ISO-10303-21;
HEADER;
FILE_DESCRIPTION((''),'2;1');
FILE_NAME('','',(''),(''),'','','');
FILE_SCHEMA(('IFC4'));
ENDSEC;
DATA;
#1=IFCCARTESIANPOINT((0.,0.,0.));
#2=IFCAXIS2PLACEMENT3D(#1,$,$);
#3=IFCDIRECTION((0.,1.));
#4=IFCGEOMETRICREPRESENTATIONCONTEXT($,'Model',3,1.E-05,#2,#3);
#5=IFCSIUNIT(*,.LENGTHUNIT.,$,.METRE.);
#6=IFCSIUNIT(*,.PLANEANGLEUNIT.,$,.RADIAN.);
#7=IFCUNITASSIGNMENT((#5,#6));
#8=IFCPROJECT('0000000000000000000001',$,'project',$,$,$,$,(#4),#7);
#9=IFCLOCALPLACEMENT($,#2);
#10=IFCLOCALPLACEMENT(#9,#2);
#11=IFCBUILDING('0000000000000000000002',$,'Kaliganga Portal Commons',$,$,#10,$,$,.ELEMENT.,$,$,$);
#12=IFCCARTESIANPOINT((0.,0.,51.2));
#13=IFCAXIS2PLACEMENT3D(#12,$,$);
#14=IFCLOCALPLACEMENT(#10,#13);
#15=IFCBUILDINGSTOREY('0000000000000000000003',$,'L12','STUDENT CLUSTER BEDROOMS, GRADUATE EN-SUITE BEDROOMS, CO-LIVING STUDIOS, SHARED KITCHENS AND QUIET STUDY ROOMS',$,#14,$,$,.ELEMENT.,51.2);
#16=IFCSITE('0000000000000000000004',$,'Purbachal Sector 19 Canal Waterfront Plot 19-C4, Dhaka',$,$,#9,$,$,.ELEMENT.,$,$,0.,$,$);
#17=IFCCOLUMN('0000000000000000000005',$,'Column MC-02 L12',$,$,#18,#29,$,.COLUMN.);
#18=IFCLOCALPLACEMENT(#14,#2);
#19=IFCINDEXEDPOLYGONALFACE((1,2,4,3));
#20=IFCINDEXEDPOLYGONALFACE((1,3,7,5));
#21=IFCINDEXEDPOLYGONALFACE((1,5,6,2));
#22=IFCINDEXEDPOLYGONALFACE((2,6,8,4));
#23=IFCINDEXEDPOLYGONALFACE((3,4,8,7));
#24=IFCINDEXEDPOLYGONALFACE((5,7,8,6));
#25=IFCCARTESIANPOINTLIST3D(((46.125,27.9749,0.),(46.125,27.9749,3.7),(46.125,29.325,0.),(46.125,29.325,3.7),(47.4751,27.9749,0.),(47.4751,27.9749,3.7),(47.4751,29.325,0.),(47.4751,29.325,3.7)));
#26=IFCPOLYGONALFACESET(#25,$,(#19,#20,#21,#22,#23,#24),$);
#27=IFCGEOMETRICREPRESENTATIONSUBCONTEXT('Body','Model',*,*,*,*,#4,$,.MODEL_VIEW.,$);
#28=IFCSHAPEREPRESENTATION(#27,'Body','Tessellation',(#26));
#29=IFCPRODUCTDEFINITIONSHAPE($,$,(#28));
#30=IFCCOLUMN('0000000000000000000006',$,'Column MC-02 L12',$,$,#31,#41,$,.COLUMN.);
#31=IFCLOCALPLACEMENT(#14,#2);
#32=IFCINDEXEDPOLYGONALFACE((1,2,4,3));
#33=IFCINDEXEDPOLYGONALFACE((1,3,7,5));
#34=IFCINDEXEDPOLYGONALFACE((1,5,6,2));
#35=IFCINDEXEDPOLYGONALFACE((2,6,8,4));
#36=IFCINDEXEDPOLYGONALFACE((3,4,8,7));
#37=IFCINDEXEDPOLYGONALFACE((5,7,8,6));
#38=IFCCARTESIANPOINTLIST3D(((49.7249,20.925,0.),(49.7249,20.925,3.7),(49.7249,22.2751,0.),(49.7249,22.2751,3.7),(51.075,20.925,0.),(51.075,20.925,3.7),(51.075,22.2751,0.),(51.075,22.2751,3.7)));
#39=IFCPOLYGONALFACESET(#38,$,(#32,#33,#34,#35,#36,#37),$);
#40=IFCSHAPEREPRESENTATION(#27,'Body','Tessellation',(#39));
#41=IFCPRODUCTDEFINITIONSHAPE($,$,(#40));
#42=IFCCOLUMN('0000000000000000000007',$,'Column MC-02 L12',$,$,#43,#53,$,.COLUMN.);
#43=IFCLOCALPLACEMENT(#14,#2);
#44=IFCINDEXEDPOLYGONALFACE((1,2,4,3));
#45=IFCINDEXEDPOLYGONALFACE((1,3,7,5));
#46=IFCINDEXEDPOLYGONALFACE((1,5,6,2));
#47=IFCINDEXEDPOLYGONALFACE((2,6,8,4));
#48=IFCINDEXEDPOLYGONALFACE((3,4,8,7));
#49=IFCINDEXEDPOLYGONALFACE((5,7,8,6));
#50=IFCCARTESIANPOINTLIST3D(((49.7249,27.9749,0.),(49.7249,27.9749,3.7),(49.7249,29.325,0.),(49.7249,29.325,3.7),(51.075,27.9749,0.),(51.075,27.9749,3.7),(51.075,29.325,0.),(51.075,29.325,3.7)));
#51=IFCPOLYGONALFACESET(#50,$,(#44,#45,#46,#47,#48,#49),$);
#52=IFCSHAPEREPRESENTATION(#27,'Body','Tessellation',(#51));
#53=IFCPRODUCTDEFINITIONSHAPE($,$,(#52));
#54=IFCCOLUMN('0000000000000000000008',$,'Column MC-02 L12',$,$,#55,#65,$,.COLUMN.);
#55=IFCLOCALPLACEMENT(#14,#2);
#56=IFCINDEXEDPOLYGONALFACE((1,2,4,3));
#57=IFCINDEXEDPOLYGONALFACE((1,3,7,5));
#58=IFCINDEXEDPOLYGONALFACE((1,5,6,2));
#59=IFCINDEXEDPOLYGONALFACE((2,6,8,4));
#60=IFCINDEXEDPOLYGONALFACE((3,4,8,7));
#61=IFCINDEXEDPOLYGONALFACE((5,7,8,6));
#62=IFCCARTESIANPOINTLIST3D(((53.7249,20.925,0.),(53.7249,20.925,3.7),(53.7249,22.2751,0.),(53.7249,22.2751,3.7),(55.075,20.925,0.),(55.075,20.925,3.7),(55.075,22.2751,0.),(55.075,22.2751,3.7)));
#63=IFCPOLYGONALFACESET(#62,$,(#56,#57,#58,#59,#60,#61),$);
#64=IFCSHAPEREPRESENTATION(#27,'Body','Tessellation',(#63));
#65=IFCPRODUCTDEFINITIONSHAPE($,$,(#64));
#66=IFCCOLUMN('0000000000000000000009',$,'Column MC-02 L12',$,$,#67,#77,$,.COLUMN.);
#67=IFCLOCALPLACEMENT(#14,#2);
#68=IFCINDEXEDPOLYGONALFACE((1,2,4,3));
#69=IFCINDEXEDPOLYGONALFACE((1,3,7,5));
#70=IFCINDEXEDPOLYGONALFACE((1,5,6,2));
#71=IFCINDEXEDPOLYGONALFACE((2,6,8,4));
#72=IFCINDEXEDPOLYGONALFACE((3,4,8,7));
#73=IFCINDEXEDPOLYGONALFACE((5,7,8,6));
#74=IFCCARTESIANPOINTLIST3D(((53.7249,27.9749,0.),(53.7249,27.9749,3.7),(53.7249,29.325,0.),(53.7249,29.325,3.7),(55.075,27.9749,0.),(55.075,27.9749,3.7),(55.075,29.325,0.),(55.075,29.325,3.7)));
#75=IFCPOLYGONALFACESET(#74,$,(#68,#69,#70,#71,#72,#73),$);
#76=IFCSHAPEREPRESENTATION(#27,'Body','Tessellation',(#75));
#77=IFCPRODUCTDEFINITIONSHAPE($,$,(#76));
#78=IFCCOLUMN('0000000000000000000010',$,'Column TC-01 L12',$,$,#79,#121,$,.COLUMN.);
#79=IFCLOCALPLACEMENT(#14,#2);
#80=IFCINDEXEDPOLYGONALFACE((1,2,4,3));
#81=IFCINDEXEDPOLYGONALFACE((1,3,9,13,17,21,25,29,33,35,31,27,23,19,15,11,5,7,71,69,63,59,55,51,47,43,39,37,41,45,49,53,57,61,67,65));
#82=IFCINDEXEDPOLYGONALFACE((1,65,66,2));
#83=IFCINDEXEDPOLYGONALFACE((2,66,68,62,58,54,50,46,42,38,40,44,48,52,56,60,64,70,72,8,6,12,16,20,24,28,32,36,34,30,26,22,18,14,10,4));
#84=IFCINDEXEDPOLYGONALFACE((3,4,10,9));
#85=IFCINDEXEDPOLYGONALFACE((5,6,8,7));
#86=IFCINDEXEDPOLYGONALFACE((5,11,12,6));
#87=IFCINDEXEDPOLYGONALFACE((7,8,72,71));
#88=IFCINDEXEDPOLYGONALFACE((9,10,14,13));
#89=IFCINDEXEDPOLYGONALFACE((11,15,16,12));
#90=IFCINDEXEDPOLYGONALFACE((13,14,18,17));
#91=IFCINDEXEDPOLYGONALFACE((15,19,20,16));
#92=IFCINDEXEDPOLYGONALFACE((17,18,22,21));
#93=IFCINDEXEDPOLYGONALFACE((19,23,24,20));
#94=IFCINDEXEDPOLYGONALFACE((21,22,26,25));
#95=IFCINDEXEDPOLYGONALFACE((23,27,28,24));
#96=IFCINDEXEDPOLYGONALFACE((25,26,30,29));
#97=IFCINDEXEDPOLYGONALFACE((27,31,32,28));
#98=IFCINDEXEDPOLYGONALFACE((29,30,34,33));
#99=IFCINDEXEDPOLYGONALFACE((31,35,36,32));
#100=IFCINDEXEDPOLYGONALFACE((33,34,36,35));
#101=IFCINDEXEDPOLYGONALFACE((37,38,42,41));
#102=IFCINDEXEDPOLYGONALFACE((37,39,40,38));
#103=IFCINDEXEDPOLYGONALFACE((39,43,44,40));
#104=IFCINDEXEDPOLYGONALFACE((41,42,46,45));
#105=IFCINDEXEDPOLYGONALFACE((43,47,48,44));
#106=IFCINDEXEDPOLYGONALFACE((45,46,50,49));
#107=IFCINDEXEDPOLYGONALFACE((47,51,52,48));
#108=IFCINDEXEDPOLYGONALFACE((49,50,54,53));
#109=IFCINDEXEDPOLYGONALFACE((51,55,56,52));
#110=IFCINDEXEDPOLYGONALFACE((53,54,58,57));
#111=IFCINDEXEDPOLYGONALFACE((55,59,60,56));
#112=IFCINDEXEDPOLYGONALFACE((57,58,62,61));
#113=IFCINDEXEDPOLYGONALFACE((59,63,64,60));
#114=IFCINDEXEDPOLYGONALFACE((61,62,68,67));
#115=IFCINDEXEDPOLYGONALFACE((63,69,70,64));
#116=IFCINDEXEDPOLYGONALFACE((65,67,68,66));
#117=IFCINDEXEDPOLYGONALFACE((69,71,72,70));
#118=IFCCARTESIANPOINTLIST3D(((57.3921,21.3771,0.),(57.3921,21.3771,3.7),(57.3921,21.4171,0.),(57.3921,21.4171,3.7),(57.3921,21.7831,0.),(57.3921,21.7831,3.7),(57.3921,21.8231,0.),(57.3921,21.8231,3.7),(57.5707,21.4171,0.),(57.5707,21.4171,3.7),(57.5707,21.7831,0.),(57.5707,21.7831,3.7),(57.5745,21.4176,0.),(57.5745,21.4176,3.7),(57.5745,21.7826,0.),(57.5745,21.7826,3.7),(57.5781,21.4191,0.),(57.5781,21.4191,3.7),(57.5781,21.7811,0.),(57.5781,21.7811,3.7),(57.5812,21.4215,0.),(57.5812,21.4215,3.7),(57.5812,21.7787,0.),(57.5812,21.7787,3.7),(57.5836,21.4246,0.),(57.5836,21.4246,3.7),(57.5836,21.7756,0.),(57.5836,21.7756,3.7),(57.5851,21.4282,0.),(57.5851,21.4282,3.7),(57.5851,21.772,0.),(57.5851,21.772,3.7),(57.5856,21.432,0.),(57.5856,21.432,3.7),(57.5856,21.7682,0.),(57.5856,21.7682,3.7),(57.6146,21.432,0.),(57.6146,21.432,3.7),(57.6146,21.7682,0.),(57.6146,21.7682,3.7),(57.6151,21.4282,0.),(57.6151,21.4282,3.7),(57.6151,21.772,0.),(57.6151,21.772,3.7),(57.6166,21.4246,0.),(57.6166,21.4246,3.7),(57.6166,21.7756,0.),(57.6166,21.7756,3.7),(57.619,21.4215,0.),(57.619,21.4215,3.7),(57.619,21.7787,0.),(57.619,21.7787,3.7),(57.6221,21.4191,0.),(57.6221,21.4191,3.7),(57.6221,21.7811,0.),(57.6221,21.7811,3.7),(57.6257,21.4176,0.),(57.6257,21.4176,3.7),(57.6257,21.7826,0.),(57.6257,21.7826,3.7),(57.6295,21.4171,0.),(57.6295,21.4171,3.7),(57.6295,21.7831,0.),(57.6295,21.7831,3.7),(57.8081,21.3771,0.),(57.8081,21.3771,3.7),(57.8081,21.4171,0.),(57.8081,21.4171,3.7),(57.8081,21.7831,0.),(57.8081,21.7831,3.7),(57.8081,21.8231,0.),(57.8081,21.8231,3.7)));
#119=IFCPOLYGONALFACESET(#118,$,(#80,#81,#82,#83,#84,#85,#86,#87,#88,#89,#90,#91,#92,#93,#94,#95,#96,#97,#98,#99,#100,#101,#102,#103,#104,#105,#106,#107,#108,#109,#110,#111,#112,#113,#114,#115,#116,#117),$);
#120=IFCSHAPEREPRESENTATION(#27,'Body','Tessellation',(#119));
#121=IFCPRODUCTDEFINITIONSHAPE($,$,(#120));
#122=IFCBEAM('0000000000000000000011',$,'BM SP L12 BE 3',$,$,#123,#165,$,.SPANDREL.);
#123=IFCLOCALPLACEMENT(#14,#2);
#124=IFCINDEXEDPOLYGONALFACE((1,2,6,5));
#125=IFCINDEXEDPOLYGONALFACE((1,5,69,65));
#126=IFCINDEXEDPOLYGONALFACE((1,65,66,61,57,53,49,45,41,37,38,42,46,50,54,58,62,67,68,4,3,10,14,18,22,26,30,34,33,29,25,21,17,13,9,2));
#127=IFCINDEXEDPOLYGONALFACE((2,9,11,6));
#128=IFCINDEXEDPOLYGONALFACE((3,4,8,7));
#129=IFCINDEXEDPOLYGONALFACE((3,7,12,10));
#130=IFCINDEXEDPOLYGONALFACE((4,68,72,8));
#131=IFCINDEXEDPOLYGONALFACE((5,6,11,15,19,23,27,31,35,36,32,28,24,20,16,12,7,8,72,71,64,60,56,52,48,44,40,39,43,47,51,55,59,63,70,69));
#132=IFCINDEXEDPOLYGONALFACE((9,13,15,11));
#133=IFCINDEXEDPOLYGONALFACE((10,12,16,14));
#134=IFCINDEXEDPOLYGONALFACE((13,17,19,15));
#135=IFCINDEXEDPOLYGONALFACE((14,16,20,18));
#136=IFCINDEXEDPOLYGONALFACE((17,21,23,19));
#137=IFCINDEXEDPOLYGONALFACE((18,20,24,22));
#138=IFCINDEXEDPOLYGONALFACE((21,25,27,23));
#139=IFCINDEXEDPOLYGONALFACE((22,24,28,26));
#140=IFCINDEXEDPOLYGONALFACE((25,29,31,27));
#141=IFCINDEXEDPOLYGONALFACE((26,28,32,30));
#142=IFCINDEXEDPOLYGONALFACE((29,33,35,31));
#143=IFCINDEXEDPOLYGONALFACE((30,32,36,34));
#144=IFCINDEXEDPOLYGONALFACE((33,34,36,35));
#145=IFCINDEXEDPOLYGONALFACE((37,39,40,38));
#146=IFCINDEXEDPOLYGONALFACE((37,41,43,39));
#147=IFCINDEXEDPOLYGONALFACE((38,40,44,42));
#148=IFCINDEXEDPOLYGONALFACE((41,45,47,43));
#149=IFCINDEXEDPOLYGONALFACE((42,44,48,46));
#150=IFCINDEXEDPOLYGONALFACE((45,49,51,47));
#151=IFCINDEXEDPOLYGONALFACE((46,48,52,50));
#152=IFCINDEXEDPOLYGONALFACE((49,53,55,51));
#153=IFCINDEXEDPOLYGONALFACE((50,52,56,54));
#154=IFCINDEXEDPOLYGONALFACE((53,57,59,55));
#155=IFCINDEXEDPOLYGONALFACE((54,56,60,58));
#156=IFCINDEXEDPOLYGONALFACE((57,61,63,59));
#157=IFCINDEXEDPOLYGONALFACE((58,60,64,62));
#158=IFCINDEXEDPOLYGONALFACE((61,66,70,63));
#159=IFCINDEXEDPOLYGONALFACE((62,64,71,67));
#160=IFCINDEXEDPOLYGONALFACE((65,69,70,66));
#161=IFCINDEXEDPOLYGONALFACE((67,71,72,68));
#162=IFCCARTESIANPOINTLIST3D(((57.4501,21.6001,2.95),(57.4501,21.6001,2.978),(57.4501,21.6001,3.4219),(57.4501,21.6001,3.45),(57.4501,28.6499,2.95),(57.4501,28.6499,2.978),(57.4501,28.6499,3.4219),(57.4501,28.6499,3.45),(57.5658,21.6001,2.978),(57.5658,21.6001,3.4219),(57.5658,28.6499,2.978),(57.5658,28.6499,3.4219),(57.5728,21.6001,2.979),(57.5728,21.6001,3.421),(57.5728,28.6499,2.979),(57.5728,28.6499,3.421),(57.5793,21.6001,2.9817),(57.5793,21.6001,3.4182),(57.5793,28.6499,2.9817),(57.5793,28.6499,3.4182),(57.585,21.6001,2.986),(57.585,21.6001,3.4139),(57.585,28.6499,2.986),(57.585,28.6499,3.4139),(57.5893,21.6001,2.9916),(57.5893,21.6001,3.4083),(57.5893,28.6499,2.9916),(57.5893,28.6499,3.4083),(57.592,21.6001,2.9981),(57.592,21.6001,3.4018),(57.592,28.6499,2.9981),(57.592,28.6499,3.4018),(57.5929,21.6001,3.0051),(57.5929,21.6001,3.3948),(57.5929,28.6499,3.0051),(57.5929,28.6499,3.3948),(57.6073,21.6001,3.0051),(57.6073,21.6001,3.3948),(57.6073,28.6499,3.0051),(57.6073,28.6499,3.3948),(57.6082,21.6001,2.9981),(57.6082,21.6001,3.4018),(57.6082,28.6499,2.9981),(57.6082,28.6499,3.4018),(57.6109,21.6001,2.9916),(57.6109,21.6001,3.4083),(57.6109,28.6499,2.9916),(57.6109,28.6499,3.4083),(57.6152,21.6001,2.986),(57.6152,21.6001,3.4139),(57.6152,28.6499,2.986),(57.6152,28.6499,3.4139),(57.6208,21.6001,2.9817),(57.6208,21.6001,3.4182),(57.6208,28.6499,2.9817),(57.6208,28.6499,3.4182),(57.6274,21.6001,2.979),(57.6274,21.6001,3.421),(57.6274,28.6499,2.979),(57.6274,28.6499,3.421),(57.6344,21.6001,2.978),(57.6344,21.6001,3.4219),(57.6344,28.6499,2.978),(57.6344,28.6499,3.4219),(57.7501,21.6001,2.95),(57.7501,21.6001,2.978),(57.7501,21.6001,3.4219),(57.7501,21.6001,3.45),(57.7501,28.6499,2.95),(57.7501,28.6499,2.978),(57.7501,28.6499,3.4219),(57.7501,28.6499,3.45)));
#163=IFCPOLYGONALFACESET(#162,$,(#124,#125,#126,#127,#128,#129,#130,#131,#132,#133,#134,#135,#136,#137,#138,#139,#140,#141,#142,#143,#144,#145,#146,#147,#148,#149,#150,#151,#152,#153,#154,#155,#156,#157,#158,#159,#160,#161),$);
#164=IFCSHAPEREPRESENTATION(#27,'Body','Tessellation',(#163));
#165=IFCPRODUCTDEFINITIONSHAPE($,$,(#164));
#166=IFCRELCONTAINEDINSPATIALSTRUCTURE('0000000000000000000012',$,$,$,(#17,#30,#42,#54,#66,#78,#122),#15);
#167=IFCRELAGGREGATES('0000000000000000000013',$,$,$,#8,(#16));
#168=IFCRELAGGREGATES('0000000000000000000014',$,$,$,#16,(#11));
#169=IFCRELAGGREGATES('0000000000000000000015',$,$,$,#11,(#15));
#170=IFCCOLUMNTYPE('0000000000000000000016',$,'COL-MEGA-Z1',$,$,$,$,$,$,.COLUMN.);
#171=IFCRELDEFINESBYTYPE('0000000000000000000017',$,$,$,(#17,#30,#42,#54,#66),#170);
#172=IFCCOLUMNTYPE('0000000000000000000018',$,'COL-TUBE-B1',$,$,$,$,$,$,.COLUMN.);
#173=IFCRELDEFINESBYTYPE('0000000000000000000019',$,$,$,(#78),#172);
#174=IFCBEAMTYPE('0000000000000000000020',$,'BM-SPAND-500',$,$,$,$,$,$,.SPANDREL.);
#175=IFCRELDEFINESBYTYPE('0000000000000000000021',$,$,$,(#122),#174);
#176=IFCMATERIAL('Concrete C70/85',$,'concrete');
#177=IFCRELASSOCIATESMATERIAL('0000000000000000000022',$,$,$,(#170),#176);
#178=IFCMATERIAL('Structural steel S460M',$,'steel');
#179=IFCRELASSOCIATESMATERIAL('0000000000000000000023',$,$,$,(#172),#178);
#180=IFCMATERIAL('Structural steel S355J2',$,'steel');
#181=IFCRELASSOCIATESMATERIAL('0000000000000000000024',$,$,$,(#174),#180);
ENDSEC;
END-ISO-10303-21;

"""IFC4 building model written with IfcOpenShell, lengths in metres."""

from ifc_helpers import new_model, si_unit, direction, frame, origin, origin_2d, place, context, subcontext, project, spatial, rectangle, i_section, extrude, source, transform, mapped, material, material_profile, profile_set, type_object, element, save


model = new_model("IFC4")

# Units and contexts
model_context = context("Model", 3, precision=1e-05, world=origin(), true_north=direction((0.0, 1.0)))
body_context = subcontext(model_context, "Body", "Model", "MODEL_VIEW")
ifc_project = project(units=[si_unit("LENGTHUNIT", "METRE"), si_unit("PLANEANGLEUNIT", "RADIAN")], contexts=[model_context])

# Site, building, storey
site_placement = place(None, origin())
site = spatial("IfcSite", under=ifc_project, at=site_placement, Name="Purbachal Sector 19 Canal Waterfront Plot 19-C4, Dhaka", CompositionType="ELEMENT", RefElevation=0.0)
building_placement = place(site_placement, origin())
building = spatial("IfcBuilding", under=site, at=building_placement, Name="Kaliganga Portal Commons", CompositionType="ELEMENT")
storey_placement = place(building_placement, frame((0.0, 0.0, 51.2)))
storey = spatial("IfcBuildingStorey", under=building, at=storey_placement, Name="L12", Description="STUDENT CLUSTER BEDROOMS, GRADUATE EN-SUITE BEDROOMS, CO-LIVING STUDIOS, SHARED KITCHENS AND QUIET STUDY ROOMS", CompositionType="ELEMENT", Elevation=51.2)

# Columns
ifc_material_1 = material(Name="Concrete C70/85", Category="concrete")
ifc_material_profile_1 = material_profile(ifc_material_1, rectangle(XDim=1.3501, YDim=1.3501, at=origin_2d()), Name="RC 1350x1350")
ifc_profile_set_1 = profile_set([ifc_material_profile_1], Name="Concrete C70/85")
column_type_1 = type_object("IfcColumnType", Name="COL-MEGA-Z1", PredefinedType="COLUMN", material=ifc_profile_set_1)
shared_shape_1 = source(origin(), body_context, "Body", "SweptSolid", [
    extrude(rectangle(XDim=1.3501, YDim=1.3501, at=origin_2d()), origin(), (0.0, 0.0, 1.0), 3.7),
])
for number, where, z_axis, x_axis, name in (
    (1, (46.8, 28.6499, 0.0), (0.0, 0.0, 1.0), (1.0, 0.0, 0.0), "Column MC-02 L12"),
    (2, (50.3999, 21.6001, 0.0), (0.0, 0.0, 1.0), (1.0, 0.0, 0.0), "Column MC-02 L12"),
    (3, (50.3999, 28.6499, 0.0), (0.0, 0.0, 1.0), (1.0, 0.0, 0.0), "Column MC-02 L12"),
    (4, (54.3999, 21.6001, 0.0), (0.0, 0.0, 1.0), (1.0, 0.0, 0.0), "Column MC-02 L12"),
    (5, (54.3999, 28.6499, 0.0), (0.0, 0.0, 1.0), (1.0, 0.0, 0.0), "Column MC-02 L12"),
):
    element("IfcColumn", number, at=place(storey_placement, frame(where, z_axis=z_axis, x_axis=x_axis)), inside=storey, type_object=column_type_1, Name=name, PredefinedType="COLUMN", context=body_context, shape_type="MappedRepresentation", body=[
        mapped(shared_shape_1, transform((0.0, 0.0, 0.0), x_axis=(1.0, 0.0, 0.0), y_axis=(0.0, 1.0, 0.0), z_axis=(0.0, 0.0, 1.0), scale=1.0)),
    ])
ifc_material_2 = material(Name="Structural steel S460M", Category="steel")
ifc_material_profile_2 = material_profile(ifc_material_2, i_section(OverallWidth=0.416, OverallDepth=0.446, WebThickness=0.0291, FlangeThickness=0.04, FilletRadius=0.0149, at=origin_2d()), Name="HD 400x509")
ifc_profile_set_2 = profile_set([ifc_material_profile_2], Name="Structural steel S460M wide-flange")
column_type_2 = type_object("IfcColumnType", Name="COL-TUBE-B1", PredefinedType="COLUMN", material=ifc_profile_set_2)
shared_shape_2 = source(origin(), body_context, "Body", "SweptSolid", [
    extrude(i_section(OverallWidth=0.416, OverallDepth=0.446, WebThickness=0.0291, FlangeThickness=0.04, FilletRadius=0.0149, at=origin_2d()), origin(), (0.0, 0.0, 1.0), 3.7),
])
column_placement = place(storey_placement, frame((57.6001, 21.6001, 0.0), z_axis=(0.0, 0.0, 1.0), x_axis=(1.0, 0.0, 0.0)))
element("IfcColumn", 6, at=column_placement, inside=storey, type_object=column_type_2, Name="Column TC-01 L12", PredefinedType="COLUMN", context=body_context, shape_type="MappedRepresentation", body=[
    mapped(shared_shape_2, transform((0.0, 0.0, 0.0), x_axis=(1.0, 0.0, 0.0), y_axis=(0.0, 1.0, 0.0), z_axis=(0.0, 0.0, 1.0), scale=1.0)),
])

# Beam
ifc_material_3 = material(Name="Structural steel S355J2", Category="steel")
ifc_material_profile_3 = material_profile(ifc_material_3, i_section(OverallWidth=0.3, OverallDepth=0.5, WebThickness=0.0144, FlangeThickness=0.0281, FilletRadius=0.0271, at=origin_2d()), Name="HE 500 B")
ifc_profile_set_3 = profile_set([ifc_material_profile_3], Name="Structural steel S355J2 wide-flange")
beam_type_1 = type_object("IfcBeamType", Name="BM-SPAND-500", PredefinedType="SPANDREL", material=ifc_profile_set_3)
shared_shape_3 = source(origin(), body_context, "Body", "SweptSolid", [
    extrude(i_section(OverallWidth=0.3, OverallDepth=0.5, WebThickness=0.0144, FlangeThickness=0.0281, FilletRadius=0.0271, at=origin_2d()), origin(), (0.0, 0.0, 1.0), 7.0498),
])
beam_1_placement = place(storey_placement, frame((57.6001, 21.6001, 3.2), z_axis=(0.0, 1.0, 0.0), x_axis=(-1.0, 0.0, 0.0)))
element("IfcBeam", 7, at=beam_1_placement, inside=storey, type_object=beam_type_1, Name="BM SP L12 BE 3", PredefinedType="SPANDREL", context=body_context, shape_type="MappedRepresentation", body=[
    mapped(shared_shape_3, transform((0.0, 0.0, 0.0), x_axis=(1.0, 0.0, 0.0), y_axis=(0.0, 1.0, 0.0), z_axis=(0.0, 0.0, 1.0), scale=1.0)),
])

save(model, "model.ifc")
